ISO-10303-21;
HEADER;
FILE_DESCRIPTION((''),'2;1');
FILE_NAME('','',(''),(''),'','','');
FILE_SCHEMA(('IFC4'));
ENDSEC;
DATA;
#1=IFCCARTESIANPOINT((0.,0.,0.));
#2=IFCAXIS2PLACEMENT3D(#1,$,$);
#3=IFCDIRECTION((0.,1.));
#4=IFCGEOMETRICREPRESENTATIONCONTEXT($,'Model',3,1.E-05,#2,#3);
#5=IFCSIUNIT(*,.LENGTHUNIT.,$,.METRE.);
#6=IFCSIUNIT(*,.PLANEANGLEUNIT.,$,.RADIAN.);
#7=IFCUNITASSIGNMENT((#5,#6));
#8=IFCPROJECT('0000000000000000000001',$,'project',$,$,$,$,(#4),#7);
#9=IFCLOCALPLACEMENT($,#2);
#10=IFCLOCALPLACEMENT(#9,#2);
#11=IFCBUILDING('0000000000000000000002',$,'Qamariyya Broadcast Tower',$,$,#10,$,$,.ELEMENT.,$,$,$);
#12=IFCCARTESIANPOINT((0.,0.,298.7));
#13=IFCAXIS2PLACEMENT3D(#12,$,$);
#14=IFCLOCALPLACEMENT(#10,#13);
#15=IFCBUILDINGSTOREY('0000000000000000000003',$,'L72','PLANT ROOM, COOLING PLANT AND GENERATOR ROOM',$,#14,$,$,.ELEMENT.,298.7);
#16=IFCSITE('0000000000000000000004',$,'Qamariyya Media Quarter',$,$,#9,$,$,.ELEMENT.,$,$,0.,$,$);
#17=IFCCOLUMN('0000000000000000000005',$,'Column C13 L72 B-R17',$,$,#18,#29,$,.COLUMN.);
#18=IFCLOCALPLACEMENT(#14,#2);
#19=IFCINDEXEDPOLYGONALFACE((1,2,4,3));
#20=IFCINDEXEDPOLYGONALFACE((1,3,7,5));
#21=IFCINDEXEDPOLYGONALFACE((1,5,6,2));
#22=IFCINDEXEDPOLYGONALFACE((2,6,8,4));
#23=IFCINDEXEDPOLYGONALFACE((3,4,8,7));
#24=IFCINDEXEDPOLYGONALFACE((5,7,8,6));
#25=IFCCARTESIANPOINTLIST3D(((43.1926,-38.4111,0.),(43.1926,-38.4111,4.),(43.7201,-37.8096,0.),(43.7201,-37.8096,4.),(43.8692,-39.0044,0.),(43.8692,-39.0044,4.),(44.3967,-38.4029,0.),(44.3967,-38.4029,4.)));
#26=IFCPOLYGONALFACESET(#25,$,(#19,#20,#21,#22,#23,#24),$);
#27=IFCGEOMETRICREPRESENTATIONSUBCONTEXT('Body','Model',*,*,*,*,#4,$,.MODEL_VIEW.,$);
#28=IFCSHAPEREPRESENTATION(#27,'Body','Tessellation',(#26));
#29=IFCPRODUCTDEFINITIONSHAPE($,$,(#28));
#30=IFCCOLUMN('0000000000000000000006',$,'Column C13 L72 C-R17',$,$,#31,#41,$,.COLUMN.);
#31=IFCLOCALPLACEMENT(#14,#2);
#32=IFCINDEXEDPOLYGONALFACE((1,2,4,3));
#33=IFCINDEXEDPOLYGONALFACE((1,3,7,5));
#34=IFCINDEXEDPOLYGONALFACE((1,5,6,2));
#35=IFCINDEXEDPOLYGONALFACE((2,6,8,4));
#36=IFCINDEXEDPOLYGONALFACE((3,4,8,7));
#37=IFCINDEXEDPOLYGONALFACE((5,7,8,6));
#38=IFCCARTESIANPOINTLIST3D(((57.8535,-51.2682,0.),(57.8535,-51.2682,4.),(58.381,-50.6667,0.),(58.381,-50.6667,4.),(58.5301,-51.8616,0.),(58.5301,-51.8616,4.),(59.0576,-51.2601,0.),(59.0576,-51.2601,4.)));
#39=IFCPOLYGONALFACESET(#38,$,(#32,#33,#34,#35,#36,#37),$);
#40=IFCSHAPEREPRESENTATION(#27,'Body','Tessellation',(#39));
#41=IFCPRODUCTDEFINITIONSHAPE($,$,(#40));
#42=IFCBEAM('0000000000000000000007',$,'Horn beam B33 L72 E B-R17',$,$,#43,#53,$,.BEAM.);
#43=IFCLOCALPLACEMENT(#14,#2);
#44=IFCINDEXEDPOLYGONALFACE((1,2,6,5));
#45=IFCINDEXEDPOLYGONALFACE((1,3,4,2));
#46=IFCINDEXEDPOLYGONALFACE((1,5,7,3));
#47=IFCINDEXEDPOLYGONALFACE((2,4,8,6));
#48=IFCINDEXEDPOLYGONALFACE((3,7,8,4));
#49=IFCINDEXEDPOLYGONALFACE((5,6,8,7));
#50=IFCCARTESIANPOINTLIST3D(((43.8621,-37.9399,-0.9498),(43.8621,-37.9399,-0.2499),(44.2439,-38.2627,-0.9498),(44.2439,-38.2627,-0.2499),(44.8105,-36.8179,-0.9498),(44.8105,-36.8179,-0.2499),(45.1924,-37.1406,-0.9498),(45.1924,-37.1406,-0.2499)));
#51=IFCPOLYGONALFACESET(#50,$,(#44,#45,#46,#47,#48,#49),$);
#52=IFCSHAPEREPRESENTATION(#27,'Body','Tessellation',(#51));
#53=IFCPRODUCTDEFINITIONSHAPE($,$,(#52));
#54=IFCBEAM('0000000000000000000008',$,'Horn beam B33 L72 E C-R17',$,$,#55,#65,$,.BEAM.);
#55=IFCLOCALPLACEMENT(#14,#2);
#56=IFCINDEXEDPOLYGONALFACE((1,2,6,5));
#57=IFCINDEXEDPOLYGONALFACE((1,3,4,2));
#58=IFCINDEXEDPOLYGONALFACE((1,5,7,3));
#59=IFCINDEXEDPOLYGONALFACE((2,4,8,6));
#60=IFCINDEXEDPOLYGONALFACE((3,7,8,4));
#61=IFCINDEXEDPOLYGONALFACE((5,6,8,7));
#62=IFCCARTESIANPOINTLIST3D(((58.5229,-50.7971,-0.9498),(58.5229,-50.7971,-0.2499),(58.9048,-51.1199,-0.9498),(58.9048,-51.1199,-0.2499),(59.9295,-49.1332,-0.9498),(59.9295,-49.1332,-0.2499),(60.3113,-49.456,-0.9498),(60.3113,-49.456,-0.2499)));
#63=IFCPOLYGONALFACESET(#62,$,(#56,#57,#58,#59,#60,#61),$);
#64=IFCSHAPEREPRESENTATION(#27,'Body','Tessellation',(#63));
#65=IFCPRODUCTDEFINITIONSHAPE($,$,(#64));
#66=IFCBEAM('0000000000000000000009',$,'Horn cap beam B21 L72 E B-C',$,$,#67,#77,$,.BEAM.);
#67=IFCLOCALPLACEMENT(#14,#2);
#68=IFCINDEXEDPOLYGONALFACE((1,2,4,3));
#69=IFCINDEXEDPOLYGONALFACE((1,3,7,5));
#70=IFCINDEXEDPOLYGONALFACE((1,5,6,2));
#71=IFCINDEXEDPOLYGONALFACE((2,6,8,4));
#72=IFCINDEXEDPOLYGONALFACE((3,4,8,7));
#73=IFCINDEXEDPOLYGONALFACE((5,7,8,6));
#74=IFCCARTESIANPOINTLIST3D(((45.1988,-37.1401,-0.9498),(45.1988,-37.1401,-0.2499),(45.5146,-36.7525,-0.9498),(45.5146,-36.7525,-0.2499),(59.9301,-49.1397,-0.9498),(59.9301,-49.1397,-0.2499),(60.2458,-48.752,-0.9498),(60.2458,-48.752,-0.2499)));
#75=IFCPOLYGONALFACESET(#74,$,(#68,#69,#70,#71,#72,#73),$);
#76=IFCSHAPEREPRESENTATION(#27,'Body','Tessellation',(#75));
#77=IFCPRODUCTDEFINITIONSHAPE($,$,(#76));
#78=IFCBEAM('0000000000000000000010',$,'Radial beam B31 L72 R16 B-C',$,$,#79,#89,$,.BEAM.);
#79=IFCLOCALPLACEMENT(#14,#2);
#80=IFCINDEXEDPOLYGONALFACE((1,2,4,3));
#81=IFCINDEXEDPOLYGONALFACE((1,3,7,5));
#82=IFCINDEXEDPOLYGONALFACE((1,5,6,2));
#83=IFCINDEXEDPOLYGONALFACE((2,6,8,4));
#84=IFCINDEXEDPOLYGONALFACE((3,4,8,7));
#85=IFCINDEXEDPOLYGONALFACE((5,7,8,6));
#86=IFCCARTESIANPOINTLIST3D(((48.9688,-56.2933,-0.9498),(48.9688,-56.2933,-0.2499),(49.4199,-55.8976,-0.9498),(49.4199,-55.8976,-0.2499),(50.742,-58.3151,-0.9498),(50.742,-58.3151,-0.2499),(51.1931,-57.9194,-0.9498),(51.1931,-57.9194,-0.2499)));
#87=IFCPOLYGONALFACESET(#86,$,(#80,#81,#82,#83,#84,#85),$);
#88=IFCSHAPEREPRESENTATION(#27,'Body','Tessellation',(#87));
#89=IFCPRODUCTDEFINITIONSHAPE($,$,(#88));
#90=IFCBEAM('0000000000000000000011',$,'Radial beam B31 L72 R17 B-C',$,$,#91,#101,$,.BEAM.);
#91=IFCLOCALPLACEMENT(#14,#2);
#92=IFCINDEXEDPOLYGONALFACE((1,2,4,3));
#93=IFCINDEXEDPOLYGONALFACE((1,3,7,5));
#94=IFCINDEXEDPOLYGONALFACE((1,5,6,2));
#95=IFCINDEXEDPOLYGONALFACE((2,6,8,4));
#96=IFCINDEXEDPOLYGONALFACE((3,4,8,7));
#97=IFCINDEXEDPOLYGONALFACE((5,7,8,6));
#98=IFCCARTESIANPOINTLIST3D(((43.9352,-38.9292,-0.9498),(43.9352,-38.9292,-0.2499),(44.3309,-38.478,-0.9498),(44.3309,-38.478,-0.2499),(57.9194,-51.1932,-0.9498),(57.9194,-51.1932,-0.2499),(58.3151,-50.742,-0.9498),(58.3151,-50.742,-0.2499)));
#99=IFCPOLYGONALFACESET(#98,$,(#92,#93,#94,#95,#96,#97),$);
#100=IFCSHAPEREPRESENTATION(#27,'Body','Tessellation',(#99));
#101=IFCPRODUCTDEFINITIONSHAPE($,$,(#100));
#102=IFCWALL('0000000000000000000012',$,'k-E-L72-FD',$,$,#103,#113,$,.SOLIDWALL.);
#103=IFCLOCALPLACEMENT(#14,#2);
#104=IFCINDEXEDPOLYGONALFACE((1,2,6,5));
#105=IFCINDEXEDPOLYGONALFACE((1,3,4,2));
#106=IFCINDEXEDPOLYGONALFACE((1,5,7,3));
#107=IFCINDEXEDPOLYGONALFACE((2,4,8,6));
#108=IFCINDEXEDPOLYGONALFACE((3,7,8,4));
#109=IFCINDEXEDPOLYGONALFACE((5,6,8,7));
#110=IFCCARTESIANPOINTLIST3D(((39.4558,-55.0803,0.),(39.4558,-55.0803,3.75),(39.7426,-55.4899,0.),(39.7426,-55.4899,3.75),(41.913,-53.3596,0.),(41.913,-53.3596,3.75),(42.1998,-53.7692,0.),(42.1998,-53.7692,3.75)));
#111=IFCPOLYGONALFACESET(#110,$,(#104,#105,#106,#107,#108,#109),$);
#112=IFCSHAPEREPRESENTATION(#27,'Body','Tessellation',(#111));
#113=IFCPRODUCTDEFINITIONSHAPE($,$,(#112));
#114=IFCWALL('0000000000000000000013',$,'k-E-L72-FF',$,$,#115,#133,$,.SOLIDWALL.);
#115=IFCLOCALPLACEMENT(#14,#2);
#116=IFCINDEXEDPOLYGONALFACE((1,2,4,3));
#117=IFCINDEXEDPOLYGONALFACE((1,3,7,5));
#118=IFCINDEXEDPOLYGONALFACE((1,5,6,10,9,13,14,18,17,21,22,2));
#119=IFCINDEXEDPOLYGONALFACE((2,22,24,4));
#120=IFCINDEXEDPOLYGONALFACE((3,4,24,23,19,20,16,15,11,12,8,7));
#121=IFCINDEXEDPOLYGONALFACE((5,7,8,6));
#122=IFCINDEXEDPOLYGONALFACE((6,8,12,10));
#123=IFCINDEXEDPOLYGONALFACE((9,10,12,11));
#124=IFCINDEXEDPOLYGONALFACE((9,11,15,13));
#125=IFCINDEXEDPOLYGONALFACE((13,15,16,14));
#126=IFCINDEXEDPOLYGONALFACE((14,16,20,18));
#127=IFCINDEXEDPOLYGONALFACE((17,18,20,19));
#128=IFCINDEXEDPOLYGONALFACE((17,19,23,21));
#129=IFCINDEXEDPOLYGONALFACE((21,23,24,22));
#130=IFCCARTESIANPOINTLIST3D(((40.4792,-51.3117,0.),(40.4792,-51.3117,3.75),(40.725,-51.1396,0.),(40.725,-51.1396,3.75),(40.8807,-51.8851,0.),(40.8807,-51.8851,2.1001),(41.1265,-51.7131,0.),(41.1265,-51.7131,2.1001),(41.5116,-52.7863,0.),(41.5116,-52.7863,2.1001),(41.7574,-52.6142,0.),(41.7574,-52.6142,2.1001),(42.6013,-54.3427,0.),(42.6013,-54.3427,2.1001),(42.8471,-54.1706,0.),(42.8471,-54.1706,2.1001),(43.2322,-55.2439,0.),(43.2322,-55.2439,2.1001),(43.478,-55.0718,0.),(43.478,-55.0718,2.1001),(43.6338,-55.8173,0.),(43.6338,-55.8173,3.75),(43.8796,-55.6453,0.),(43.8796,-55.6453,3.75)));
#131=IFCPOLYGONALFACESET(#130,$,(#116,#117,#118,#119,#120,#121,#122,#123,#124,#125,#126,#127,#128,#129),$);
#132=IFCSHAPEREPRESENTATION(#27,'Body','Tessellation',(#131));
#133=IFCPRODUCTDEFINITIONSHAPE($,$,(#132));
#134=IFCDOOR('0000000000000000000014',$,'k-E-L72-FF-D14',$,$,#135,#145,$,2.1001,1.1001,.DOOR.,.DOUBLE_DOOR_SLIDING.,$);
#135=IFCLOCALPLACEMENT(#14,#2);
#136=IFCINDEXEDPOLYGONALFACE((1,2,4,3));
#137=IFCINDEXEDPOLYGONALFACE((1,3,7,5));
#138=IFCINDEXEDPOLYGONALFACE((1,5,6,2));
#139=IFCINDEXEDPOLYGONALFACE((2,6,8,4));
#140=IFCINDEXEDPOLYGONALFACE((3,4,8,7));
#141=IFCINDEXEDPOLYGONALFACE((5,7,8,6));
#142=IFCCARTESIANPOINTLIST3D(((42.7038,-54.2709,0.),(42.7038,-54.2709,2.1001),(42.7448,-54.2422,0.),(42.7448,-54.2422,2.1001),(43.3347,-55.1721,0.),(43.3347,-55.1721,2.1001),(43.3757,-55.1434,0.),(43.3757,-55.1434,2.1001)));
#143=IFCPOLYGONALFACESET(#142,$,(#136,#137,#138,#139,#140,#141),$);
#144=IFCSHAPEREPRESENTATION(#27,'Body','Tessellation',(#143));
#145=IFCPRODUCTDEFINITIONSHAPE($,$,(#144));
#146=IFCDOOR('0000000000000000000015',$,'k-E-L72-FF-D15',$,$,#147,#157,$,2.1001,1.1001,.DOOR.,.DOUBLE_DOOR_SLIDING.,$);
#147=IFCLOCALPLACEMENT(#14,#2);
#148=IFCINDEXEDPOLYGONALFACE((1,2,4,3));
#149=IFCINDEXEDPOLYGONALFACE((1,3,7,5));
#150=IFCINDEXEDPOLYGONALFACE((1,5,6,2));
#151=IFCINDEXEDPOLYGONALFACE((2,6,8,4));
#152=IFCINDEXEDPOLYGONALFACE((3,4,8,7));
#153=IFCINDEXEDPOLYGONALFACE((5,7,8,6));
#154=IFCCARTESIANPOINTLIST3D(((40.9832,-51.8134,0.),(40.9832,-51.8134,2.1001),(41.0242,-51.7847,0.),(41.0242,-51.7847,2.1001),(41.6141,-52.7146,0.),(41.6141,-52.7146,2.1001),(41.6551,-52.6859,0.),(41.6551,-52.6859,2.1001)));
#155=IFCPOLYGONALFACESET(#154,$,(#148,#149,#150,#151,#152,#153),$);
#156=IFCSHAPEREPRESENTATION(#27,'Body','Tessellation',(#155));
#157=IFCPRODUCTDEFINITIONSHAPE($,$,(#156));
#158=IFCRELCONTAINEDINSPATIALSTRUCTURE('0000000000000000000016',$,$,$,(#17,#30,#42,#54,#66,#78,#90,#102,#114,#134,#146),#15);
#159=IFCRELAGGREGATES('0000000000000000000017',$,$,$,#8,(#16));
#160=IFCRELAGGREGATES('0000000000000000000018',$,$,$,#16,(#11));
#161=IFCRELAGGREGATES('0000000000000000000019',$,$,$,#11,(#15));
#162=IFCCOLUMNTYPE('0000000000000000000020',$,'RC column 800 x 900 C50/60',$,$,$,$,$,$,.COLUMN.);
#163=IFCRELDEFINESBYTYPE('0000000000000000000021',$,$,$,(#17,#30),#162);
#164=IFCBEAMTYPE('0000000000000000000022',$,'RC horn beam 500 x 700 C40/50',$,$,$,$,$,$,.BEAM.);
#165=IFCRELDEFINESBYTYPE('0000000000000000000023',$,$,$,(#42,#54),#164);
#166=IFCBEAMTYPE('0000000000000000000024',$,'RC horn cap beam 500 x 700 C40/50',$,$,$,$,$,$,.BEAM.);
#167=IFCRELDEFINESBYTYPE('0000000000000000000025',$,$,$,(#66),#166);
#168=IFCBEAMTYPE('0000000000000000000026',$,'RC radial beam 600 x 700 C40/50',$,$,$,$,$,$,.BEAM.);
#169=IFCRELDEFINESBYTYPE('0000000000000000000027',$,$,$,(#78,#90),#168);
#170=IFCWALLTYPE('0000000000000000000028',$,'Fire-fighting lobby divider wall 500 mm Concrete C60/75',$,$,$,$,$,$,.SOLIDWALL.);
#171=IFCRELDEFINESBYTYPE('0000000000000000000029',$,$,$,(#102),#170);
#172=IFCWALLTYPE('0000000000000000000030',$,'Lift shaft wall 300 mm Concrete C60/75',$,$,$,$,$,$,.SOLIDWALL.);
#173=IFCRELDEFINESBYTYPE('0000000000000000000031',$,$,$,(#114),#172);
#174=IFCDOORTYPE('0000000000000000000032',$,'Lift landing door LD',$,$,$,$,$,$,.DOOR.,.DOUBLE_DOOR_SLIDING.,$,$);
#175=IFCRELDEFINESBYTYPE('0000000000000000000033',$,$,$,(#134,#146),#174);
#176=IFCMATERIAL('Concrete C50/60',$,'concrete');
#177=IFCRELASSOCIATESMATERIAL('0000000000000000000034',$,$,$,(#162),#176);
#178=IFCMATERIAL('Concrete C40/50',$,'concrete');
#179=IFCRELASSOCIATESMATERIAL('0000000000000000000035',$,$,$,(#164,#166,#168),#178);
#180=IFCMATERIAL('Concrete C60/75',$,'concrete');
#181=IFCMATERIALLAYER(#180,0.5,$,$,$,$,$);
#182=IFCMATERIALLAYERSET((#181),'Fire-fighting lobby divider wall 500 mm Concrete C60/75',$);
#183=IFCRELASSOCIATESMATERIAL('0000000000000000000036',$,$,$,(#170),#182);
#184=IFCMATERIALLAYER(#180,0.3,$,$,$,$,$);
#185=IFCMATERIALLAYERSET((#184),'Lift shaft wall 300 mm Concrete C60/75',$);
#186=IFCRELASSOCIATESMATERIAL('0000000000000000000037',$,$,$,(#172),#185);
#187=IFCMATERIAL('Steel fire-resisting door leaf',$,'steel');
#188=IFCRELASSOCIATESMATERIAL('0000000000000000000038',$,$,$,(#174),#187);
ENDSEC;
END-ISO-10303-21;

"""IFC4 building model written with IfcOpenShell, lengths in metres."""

from ifc_helpers import new_model, si_unit, direction, frame, frame_2d, origin, origin_2d, place, context, subcontext, project, spatial, rectangle, extrude, material, layer, layer_set, material_profile, profile_set, type_object, element, fill, save


model = new_model("IFC4")

# Units and contexts
model_context = context("Model", 3, precision=1e-05, world=origin(), true_north=direction((0.0, 1.0)))
body_context = subcontext(model_context, "Body", "Model", "MODEL_VIEW")
ifc_project = project(units=[si_unit("LENGTHUNIT", "METRE"), si_unit("PLANEANGLEUNIT", "RADIAN")], contexts=[model_context])

# Site, building, storey
site_placement = place(None, origin())
site = spatial("IfcSite", under=ifc_project, at=site_placement, Name="Qamariyya Media Quarter", CompositionType="ELEMENT", RefElevation=0.0)
building_placement = place(site_placement, origin())
building = spatial("IfcBuilding", under=site, at=building_placement, Name="Qamariyya Broadcast Tower", CompositionType="ELEMENT")
storey_placement = place(building_placement, frame((0.0, 0.0, 298.7)))
storey = spatial("IfcBuildingStorey", under=building, at=storey_placement, Name="L72", Description="PLANT ROOM, COOLING PLANT AND GENERATOR ROOM", CompositionType="ELEMENT", Elevation=298.7)

# Columns
ifc_material_1 = material(Name="Concrete C50/60", Category="concrete")
ifc_material_profile_1 = material_profile(ifc_material_1, rectangle(XDim=0.8, YDim=0.8999, at=origin_2d()))
ifc_profile_set_1 = profile_set([ifc_material_profile_1], Name="Concrete C50/60")
column_type = type_object("IfcColumnType", Name="RC column 800 x 900 C50/60", PredefinedType="COLUMN", material=ifc_profile_set_1)
for number, where, z_axis, x_axis, name in (
    (1, (43.7947, -38.407, 0.0), (0.0, 0.0, 1.0), (0.659346, 0.75184, 0.0), "Column C13 L72 B-R17"),
    (2, (58.4556, -51.2642, 0.0), (0.0, 0.0, 1.0), (0.659346, 0.75184, 0.0), "Column C13 L72 C-R17"),
):
    element("IfcColumn", number, at=place(storey_placement, frame(where, z_axis=z_axis, x_axis=x_axis)), inside=storey, type_object=column_type, Name=name, PredefinedType="COLUMN", context=body_context, shape_type="SweptSolid", body=[
        extrude(rectangle(XDim=0.8, YDim=0.8999, at=origin_2d()), origin(), (0.0, 0.0, 1.0), 4.0),
    ])

# Beams
ifc_material_2 = material(Name="Concrete C40/50", Category="concrete")
ifc_material_profile_2 = material_profile(ifc_material_2, rectangle(XDim=0.5, YDim=0.7, at=origin_2d()))
ifc_profile_set_2 = profile_set([ifc_material_profile_2], Name="Concrete C40/50")
beam_type_1 = type_object("IfcBeamType", Name="RC horn beam 500 x 700 C40/50", PredefinedType="BEAM", material=ifc_profile_set_2)
beam_1_placement = place(storey_placement, frame((44.053, -38.1013, -0.5999), z_axis=(0.645562, 0.763708, 0.0), x_axis=(-0.763708, 0.645562, 0.0)))
element("IfcBeam", 3, at=beam_1_placement, inside=storey, type_object=beam_type_1, Name="Horn beam B33 L72 E B-R17", PredefinedType="BEAM", context=body_context, shape_type="SweptSolid", body=[
    extrude(rectangle(XDim=0.5, YDim=0.7, at=origin_2d()), origin(), (0.0, 0.0, 1.0), 1.4692),
])
beam_2_placement = place(storey_placement, frame((58.7139, -50.9585, -0.5999), z_axis=(0.64558, 0.763692, 0.0), x_axis=(-0.763692, 0.64558, 0.0)))
element("IfcBeam", 4, at=beam_2_placement, inside=storey, type_object=beam_type_1, Name="Horn beam B33 L72 E C-R17", PredefinedType="BEAM", context=body_context, shape_type="SweptSolid", body=[
    extrude(rectangle(XDim=0.5, YDim=0.7, at=origin_2d()), origin(), (0.0, 0.0, 1.0), 2.1787),
])
ifc_material_profile_3 = material_profile(ifc_material_2, rectangle(XDim=0.5, YDim=0.7, at=origin_2d()))
ifc_profile_set_3 = profile_set([ifc_material_profile_3], Name="Concrete C40/50")
beam_type_2 = type_object("IfcBeamType", Name="RC horn cap beam 500 x 700 C40/50", PredefinedType="BEAM", material=ifc_profile_set_3)
beam_3_placement = place(storey_placement, frame((45.3567, -36.9463, -0.5999), z_axis=(0.77533, -0.631556, 0.0), x_axis=(0.631556, 0.77533, 0.0)))
element("IfcBeam", 5, at=beam_3_placement, inside=storey, type_object=beam_type_2, Name="Horn cap beam B21 L72 E B-C", PredefinedType="BEAM", context=body_context, shape_type="SweptSolid", body=[
    extrude(rectangle(XDim=0.5, YDim=0.7, at=origin_2d()), origin(), (0.0, 0.0, 1.0), 19.0),
])
ifc_material_profile_4 = material_profile(ifc_material_2, rectangle(XDim=0.6001, YDim=0.7, at=origin_2d()))
ifc_profile_set_4 = profile_set([ifc_material_profile_4], Name="Concrete C40/50")
beam_type_3 = type_object("IfcBeamType", Name="RC radial beam 600 x 700 C40/50", PredefinedType="BEAM", material=ifc_profile_set_4)
beam_4_placement = place(storey_placement, frame((49.1943, -56.0955, -0.5999), z_axis=(0.659385, -0.751806, 0.0), x_axis=(0.751806, 0.659385, 0.0)))
element("IfcBeam", 6, at=beam_4_placement, inside=storey, type_object=beam_type_3, Name="Radial beam B31 L72 R16 B-C", PredefinedType="BEAM", context=body_context, shape_type="SweptSolid", body=[
    extrude(rectangle(XDim=0.6001, YDim=0.7, at=origin_2d()), origin(), (0.0, 0.0, 1.0), 2.6892),
])
beam_5_placement = place(storey_placement, frame((44.1331, -38.7036, -0.5999), z_axis=(0.751835, -0.659351, 0.0), x_axis=(0.659351, 0.751835, 0.0)))
element("IfcBeam", 7, at=beam_5_placement, inside=storey, type_object=beam_type_3, Name="Radial beam B31 L72 R17 B-C", PredefinedType="BEAM", context=body_context, shape_type="SweptSolid", body=[
    extrude(rectangle(XDim=0.6001, YDim=0.7, at=origin_2d()), origin(), (0.0, 0.0, 1.0), 18.6001),
])

# Wall
ifc_material_3 = material(Name="Concrete C60/75", Category="concrete")
ifc_layer_1 = layer(ifc_material_3, 0.5)
ifc_layer_set_1 = layer_set([ifc_layer_1], Name="Fire-fighting lobby divider wall 500 mm Concrete C60/75")
wall_type_1 = type_object("IfcWallType", Name="Fire-fighting lobby divider wall 500 mm Concrete C60/75", PredefinedType="SOLIDWALL", material=ifc_layer_set_1)
wall_1_placement = place(storey_placement, frame((39.5991, -55.2852, 0.0), z_axis=(0.0, 0.0, 1.0), x_axis=(0.819136, 0.573599, 0.0)))
element("IfcWall", 8, at=wall_1_placement, inside=storey, type_object=wall_type_1, Name="k-E-L72-FD", PredefinedType="SOLIDWALL", context=body_context, shape_type="SweptSolid", body=[
    extrude(rectangle(XDim=2.9998, YDim=0.5, at=frame_2d((1.5, 0.0))), origin(), (0.0, 0.0, 1.0), 3.75),
])

# Wall, openings, doors
ifc_layer_2 = layer(ifc_material_3, 0.3)
ifc_layer_set_2 = layer_set([ifc_layer_2], Name="Lift shaft wall 300 mm Concrete C60/75")
wall_type_2 = type_object("IfcWallType", Name="Lift shaft wall 300 mm Concrete C60/75", PredefinedType="SOLIDWALL", material=ifc_layer_set_2)
wall_2_placement = place(storey_placement, frame((43.7566, -55.7312, 0.0), z_axis=(0.0, 0.0, 1.0), x_axis=(-0.573537, 0.81918, 0.0)))
wall_2 = element("IfcWall", 9, at=wall_2_placement, inside=storey, type_object=wall_type_2, Name="k-E-L72-FF", PredefinedType="SOLIDWALL", context=body_context, shape_type="SweptSolid", body=[
    extrude(rectangle(XDim=5.5002, YDim=0.3, at=frame_2d((2.75, 0.0))), origin(), (0.0, 0.0, 1.0), 3.75),
])
opening_1_placement = place(wall_2_placement, frame((0.7, 0.0, 0.0)))
opening_1 = element("IfcOpeningElement", 10, at=opening_1_placement, cuts=wall_2, PredefinedType="OPENING", context=body_context, shape_type="SweptSolid", body=[
    extrude(rectangle(XDim=1.1001, YDim=2.1001, at=frame_2d((0.55, 1.05))), frame((0.0, 0.1599, 0.0), z_axis=(0.0, -1.0, 0.0), x_axis=(1.0, 0.0, 0.0)), (0.0, 0.0, 1.0), 0.3201),
])
opening_2_placement = place(wall_2_placement, frame((3.7, 0.0, 0.0)))
opening_2 = element("IfcOpeningElement", 11, at=opening_2_placement, cuts=wall_2, PredefinedType="OPENING", context=body_context, shape_type="SweptSolid", body=[
    extrude(rectangle(XDim=1.1001, YDim=2.1001, at=frame_2d((0.55, 1.05))), frame((0.0, 0.1599, 0.0), z_axis=(0.0, -1.0, 0.0), x_axis=(1.0, 0.0, 0.0)), (0.0, 0.0, 1.0), 0.3201),
])
ifc_material_4 = material(Name="Steel fire-resisting door leaf", Category="steel")
door_type_1 = type_object("IfcDoorType", Name="Lift landing door LD", OperationType="DOUBLE_DOOR_SLIDING", PredefinedType="DOOR", material=ifc_material_4)
door_1_placement = place(opening_1_placement, origin())
door_1 = element("IfcDoor", 12, at=door_1_placement, inside=storey, type_object=door_type_1, Name="k-E-L72-FF-D14", OperationType="DOUBLE_DOOR_SLIDING", OverallHeight=2.1001, OverallWidth=1.1001, PredefinedType="DOOR", context=body_context, shape_type="SweptSolid", body=[
    extrude(rectangle(XDim=1.1001, YDim=2.1001, at=frame_2d((0.55, 1.05))), frame((0.0, 0.0249, 0.0), z_axis=(0.0, -1.0, 0.0), x_axis=(1.0, 0.0, 0.0)), (0.0, 0.0, 1.0), 0.05),
])
fill(opening_1, door_1)
door_2_placement = place(opening_2_placement, origin())
door_2 = element("IfcDoor", 13, at=door_2_placement, inside=storey, type_object=door_type_1, Name="k-E-L72-FF-D15", OperationType="DOUBLE_DOOR_SLIDING", OverallHeight=2.1001, OverallWidth=1.1001, PredefinedType="DOOR", context=body_context, shape_type="SweptSolid", body=[
    extrude(rectangle(XDim=1.1001, YDim=2.1001, at=frame_2d((0.55, 1.05))), frame((0.0, 0.0249, 0.0), z_axis=(0.0, -1.0, 0.0), x_axis=(1.0, 0.0, 0.0)), (0.0, 0.0, 1.0), 0.05),
])
fill(opening_2, door_2)

save(model, "model.ifc")
